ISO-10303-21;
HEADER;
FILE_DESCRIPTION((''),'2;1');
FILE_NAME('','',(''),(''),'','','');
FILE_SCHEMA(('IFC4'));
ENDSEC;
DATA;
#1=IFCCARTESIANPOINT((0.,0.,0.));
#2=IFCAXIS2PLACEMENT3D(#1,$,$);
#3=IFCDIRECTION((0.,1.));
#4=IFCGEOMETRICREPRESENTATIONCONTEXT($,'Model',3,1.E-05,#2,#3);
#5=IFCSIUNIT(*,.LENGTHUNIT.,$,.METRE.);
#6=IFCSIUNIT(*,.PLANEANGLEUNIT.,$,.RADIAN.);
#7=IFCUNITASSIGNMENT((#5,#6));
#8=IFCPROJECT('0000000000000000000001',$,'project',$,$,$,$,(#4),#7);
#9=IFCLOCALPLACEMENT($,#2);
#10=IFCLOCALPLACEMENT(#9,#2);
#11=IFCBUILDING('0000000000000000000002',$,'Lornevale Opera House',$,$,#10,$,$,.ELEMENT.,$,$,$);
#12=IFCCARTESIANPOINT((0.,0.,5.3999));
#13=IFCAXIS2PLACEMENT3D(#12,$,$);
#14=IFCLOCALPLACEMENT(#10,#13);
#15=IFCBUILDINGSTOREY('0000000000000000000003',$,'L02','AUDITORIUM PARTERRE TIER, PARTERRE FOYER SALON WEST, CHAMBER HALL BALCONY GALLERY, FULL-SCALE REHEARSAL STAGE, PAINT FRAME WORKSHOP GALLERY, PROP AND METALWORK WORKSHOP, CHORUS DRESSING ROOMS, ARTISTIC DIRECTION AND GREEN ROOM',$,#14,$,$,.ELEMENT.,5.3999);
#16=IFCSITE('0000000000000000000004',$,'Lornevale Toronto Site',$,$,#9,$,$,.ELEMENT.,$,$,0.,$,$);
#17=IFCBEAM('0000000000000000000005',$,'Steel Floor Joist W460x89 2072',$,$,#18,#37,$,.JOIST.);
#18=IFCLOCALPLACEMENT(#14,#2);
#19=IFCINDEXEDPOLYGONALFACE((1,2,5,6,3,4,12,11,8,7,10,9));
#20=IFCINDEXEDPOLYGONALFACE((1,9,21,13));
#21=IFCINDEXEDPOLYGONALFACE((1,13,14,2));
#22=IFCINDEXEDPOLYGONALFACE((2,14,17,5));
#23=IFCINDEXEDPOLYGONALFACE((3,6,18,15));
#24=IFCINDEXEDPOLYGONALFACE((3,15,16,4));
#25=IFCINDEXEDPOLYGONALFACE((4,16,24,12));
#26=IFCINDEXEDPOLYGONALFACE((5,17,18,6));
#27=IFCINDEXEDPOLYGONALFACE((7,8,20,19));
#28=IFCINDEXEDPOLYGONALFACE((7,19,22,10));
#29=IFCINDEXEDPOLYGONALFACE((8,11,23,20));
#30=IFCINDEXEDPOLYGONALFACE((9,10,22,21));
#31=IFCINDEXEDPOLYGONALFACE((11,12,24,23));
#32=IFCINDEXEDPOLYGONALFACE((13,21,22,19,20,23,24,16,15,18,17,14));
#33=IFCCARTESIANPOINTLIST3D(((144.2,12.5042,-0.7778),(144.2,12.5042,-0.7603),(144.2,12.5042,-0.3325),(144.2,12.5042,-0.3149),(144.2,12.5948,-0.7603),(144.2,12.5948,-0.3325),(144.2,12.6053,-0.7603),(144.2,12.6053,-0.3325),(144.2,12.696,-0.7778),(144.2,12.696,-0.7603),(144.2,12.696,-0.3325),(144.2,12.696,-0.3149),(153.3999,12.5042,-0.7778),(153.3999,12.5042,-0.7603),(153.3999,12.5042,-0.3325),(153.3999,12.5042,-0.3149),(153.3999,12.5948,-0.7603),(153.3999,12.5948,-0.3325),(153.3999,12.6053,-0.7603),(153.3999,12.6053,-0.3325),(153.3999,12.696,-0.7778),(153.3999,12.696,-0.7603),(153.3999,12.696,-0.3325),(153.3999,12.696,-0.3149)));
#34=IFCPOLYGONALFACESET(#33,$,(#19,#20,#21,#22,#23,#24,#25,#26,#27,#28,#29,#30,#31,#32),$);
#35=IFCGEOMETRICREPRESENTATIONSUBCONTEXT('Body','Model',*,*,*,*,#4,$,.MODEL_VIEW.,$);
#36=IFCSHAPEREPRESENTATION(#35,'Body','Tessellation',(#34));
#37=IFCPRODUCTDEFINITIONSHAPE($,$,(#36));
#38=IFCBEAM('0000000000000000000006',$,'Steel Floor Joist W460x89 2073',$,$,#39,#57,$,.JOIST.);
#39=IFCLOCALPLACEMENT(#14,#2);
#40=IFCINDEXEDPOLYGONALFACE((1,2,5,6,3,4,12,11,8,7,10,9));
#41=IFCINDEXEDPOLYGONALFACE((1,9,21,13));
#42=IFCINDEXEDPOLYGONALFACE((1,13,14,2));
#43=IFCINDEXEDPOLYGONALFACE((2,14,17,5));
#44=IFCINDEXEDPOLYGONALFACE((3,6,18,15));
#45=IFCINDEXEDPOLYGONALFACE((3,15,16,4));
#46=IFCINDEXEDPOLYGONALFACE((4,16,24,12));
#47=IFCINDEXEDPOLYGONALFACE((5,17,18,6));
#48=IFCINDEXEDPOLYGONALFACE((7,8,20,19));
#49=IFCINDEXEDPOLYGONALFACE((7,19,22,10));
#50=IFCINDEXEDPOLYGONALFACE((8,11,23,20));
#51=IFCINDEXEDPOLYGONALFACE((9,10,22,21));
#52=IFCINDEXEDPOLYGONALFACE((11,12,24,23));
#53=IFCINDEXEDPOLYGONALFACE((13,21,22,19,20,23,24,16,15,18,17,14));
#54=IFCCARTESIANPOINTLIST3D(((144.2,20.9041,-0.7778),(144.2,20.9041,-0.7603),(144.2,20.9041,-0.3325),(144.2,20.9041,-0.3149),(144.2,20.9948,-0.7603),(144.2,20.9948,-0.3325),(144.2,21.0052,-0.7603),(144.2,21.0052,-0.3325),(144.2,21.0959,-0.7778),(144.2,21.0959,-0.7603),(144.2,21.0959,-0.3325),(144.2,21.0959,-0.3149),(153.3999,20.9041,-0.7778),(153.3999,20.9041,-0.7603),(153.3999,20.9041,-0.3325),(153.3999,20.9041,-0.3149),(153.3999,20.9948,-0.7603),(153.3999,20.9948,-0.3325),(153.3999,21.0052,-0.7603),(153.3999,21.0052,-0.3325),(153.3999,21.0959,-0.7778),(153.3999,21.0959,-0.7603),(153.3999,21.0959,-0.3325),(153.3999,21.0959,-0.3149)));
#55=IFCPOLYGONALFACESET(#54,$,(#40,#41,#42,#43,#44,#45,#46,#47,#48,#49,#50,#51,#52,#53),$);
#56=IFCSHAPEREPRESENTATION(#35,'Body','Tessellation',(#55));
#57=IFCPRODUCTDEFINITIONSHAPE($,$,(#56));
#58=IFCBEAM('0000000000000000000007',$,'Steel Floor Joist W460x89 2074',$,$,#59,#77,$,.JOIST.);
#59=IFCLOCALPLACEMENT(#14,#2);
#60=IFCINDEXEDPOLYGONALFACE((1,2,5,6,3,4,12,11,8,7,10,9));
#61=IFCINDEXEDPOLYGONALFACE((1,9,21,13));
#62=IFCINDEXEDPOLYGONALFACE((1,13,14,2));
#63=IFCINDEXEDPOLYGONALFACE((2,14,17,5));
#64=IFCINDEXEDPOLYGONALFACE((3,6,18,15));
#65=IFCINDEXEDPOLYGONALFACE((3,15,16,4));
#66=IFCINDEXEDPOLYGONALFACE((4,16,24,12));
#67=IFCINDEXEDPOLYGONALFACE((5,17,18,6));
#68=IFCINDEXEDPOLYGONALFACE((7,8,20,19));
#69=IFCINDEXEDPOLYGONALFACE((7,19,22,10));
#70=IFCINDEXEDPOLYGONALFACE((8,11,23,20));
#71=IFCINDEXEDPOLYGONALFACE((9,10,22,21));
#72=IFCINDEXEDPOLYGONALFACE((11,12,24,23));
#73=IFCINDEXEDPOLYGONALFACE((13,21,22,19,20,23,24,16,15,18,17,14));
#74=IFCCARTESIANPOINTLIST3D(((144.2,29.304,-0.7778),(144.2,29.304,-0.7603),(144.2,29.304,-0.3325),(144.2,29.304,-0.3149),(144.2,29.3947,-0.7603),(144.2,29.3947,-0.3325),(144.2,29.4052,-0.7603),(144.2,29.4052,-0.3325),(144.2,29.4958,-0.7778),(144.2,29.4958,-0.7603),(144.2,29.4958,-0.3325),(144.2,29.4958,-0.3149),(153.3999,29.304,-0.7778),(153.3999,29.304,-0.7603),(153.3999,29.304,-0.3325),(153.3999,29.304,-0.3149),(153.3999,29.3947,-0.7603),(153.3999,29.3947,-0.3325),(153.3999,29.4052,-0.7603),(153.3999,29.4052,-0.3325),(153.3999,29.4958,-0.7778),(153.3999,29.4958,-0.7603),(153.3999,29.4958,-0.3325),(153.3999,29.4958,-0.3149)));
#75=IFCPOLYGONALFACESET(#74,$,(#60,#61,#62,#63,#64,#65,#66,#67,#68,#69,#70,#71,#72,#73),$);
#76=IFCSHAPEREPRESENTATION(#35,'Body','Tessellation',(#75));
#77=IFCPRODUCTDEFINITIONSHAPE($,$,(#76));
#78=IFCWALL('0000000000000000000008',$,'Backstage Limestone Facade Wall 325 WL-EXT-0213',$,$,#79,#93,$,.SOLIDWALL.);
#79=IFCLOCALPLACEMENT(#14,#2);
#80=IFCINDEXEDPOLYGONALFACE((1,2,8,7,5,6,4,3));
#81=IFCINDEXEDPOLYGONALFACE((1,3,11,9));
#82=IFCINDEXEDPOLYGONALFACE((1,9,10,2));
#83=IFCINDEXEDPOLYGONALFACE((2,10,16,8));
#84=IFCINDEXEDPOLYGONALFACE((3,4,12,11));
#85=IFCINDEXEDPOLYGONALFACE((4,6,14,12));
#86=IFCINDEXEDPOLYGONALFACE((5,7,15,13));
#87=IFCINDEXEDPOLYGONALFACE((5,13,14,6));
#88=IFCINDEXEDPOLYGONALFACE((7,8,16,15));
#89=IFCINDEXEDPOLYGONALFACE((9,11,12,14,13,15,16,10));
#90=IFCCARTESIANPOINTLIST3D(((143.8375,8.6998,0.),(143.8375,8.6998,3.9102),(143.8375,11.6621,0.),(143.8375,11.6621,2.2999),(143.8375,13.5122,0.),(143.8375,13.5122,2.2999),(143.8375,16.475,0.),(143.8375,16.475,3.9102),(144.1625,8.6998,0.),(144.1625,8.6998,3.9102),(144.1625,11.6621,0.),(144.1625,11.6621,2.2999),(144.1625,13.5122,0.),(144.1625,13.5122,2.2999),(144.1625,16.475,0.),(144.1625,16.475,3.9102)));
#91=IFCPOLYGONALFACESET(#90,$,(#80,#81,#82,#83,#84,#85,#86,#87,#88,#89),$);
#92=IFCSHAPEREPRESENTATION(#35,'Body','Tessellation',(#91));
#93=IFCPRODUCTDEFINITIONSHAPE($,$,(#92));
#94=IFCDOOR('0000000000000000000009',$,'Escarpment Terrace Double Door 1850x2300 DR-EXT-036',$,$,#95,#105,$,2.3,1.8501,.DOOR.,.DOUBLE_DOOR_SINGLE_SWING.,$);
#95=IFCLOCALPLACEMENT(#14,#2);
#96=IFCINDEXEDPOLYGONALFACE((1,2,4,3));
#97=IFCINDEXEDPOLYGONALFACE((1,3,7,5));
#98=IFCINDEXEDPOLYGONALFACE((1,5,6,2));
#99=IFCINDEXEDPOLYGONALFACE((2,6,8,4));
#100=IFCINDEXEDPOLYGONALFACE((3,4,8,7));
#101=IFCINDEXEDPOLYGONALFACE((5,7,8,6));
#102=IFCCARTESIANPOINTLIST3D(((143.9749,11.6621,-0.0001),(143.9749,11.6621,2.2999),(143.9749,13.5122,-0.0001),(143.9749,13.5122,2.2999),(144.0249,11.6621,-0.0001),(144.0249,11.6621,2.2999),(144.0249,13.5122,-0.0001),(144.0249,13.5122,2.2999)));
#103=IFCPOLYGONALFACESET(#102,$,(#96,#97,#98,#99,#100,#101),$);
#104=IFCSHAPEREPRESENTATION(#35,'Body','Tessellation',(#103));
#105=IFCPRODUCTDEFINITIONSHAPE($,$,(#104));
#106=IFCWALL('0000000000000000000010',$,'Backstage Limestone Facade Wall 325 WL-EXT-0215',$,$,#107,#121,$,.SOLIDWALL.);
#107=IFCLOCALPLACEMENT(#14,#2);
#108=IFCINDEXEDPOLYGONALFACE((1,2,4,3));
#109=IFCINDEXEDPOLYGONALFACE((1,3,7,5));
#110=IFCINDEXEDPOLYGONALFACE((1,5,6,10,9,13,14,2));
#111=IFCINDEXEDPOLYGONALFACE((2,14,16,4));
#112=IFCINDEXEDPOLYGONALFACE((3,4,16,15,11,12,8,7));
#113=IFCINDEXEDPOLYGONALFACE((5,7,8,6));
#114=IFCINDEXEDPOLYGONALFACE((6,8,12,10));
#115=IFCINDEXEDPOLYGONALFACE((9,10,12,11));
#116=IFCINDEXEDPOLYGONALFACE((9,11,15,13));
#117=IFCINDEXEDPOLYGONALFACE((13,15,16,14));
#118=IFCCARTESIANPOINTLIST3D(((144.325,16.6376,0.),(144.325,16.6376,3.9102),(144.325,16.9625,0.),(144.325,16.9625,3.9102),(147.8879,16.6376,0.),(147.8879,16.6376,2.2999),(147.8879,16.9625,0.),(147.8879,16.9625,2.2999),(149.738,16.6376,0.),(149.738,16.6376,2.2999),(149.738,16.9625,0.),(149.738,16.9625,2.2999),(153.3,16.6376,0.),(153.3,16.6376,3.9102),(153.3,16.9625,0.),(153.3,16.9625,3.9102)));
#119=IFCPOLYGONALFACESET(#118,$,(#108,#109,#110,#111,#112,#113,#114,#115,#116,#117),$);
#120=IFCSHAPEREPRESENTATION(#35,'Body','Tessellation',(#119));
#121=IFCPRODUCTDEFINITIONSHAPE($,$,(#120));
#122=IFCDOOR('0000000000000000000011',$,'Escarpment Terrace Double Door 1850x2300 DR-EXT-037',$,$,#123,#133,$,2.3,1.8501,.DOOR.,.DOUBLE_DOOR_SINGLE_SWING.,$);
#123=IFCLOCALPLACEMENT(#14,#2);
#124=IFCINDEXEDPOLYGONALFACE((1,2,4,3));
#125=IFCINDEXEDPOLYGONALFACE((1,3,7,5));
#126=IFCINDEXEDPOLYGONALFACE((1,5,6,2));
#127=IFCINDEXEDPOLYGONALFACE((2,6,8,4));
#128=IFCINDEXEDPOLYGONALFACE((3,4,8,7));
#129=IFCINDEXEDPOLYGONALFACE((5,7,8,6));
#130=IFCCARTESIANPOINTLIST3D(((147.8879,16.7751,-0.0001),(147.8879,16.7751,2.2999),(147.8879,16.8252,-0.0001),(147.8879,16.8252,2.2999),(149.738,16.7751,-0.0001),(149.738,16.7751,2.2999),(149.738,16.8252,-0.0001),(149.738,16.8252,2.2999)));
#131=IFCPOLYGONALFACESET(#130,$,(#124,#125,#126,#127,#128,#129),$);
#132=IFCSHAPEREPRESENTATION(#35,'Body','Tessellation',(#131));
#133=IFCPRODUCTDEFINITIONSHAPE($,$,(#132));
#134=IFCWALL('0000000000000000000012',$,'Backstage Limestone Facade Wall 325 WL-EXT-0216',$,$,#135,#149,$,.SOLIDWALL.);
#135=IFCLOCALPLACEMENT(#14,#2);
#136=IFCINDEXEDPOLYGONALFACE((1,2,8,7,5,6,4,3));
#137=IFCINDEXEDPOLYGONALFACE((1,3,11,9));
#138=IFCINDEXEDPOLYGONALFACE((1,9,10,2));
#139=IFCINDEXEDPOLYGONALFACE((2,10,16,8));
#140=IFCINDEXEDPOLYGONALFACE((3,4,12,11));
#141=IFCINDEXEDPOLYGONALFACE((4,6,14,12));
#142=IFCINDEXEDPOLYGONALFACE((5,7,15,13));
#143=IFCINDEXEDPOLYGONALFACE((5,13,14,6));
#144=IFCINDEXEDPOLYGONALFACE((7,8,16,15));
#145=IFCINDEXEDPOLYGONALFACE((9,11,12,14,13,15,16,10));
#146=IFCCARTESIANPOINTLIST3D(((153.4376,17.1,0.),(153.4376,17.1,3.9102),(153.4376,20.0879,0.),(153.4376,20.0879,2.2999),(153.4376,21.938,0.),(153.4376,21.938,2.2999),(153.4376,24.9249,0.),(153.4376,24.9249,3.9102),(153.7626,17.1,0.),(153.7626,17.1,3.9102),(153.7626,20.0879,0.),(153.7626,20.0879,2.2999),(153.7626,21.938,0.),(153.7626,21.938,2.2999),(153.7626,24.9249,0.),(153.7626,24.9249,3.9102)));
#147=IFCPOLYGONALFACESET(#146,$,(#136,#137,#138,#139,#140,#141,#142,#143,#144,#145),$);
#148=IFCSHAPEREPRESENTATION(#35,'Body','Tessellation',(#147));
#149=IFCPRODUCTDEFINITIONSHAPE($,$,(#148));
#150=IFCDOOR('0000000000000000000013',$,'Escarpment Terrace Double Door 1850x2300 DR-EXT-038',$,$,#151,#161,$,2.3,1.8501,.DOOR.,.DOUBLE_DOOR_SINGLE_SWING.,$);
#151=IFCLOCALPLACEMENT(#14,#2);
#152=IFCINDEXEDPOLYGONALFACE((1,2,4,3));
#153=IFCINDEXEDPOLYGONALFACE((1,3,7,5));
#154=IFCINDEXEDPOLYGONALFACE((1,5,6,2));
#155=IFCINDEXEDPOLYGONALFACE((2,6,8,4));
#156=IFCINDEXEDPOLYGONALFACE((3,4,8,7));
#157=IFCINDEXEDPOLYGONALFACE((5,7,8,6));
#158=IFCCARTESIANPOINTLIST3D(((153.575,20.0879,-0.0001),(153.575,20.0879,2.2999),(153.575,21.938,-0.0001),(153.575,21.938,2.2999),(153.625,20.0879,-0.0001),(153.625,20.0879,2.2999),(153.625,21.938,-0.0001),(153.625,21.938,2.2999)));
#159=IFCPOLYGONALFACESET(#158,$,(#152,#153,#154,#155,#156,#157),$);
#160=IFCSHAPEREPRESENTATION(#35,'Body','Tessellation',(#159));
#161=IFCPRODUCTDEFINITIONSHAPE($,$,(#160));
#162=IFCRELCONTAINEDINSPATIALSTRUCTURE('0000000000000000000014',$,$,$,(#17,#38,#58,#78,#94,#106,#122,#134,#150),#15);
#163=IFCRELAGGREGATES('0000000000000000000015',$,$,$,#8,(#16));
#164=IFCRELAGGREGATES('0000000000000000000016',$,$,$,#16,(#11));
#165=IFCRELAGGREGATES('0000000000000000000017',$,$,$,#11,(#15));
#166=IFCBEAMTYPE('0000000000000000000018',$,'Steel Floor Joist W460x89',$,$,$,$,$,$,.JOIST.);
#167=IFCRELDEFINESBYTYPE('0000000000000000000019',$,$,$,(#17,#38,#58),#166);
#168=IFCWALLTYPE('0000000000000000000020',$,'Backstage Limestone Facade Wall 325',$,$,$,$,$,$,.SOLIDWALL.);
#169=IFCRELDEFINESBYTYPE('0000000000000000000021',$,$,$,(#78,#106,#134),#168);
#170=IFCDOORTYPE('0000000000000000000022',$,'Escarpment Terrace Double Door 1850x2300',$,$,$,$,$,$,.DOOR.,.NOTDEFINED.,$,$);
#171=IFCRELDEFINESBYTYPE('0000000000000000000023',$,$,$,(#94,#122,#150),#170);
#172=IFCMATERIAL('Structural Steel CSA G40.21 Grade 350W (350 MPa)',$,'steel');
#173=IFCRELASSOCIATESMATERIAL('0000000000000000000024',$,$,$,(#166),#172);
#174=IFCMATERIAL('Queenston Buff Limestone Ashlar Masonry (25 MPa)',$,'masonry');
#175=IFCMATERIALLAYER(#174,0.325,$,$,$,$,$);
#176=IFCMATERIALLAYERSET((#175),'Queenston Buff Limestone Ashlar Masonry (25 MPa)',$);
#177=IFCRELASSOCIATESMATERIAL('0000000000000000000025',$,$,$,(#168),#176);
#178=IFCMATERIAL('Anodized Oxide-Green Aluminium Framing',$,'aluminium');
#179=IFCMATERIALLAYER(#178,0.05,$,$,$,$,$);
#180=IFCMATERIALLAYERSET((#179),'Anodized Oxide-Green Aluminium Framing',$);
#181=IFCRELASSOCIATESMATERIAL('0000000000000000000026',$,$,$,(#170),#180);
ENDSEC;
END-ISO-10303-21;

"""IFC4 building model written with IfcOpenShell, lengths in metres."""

from ifc_helpers import new_model, si_unit, direction, frame, frame_2d, origin, origin_2d, place, context, subcontext, project, spatial, rectangle, i_section, extrude, material, layer, layer_set, material_profile, profile_set, type_object, element, fill, save


model = new_model("IFC4")

# Units and contexts
model_context = context("Model", 3, precision=1e-05, world=origin(), true_north=direction((0.0, 1.0)))
body_context = subcontext(model_context, "Body", "Model", "MODEL_VIEW")
ifc_project = project(units=[si_unit("LENGTHUNIT", "METRE"), si_unit("PLANEANGLEUNIT", "RADIAN")], contexts=[model_context])

# Site, building, storey
site_placement = place(None, origin())
site = spatial("IfcSite", under=ifc_project, at=site_placement, Name="Lornevale Toronto Site", CompositionType="ELEMENT", RefElevation=0.0)
building_placement = place(site_placement, origin())
building = spatial("IfcBuilding", under=site, at=building_placement, Name="Lornevale Opera House", CompositionType="ELEMENT")
storey_placement = place(building_placement, frame((0.0, 0.0, 5.3999)))
storey = spatial("IfcBuildingStorey", under=building, at=storey_placement, Name="L02", Description="AUDITORIUM PARTERRE TIER, PARTERRE FOYER SALON WEST, CHAMBER HALL BALCONY GALLERY, FULL-SCALE REHEARSAL STAGE, PAINT FRAME WORKSHOP GALLERY, PROP AND METALWORK WORKSHOP, CHORUS DRESSING ROOMS, ARTISTIC DIRECTION AND GREEN ROOM", CompositionType="ELEMENT", Elevation=5.3999)

# Beams
ifc_material_1 = material(Name="Structural Steel CSA G40.21 Grade 350W (350 MPa)", Category="steel")
ifc_material_profile_1 = material_profile(ifc_material_1, i_section(OverallWidth=0.1919, OverallDepth=0.4629, WebThickness=0.0105, FlangeThickness=0.0176, at=origin_2d()), Name="W460x89")
ifc_profile_set_1 = profile_set([ifc_material_profile_1], Name="Structural Steel CSA G40.21 Grade 350W (350 MPa)")
beam_type_1 = type_object("IfcBeamType", Name="Steel Floor Joist W460x89", PredefinedType="JOIST", material=ifc_profile_set_1)
for number, where, z_axis, x_axis, name in (
    (1, (144.2, 12.6001, -0.5464), (1.0, 0.0, 0.0), (0.0, 1.0, 0.0), "Steel Floor Joist W460x89 2072"),
    (2, (144.2, 21.0, -0.5464), (1.0, 0.0, 0.0), (0.0, 1.0, 0.0), "Steel Floor Joist W460x89 2073"),
    (3, (144.2, 29.3999, -0.5464), (1.0, 0.0, 0.0), (0.0, 1.0, 0.0), "Steel Floor Joist W460x89 2074"),
):
    element("IfcBeam", number, at=place(storey_placement, frame(where, z_axis=z_axis, x_axis=x_axis)), inside=storey, type_object=beam_type_1, Name=name, PredefinedType="JOIST", context=body_context, shape_type="SweptSolid", body=[
        extrude(i_section(OverallWidth=0.1919, OverallDepth=0.4629, WebThickness=0.0105, FlangeThickness=0.0176, at=origin_2d()), origin(), (0.0, 0.0, 1.0), 9.2),
    ])

# Walls, openings, doors
ifc_material_2 = material(Name="Queenston Buff Limestone Ashlar Masonry (25 MPa)", Category="masonry")
ifc_layer_1 = layer(ifc_material_2, 0.325)
ifc_layer_set_1 = layer_set([ifc_layer_1], Name="Queenston Buff Limestone Ashlar Masonry (25 MPa)")
wall_type = type_object("IfcWallType", Name="Backstage Limestone Facade Wall 325", PredefinedType="SOLIDWALL", material=ifc_layer_set_1)
wall_1_placement = place(storey_placement, frame((144.0, 16.4751, 0.0), z_axis=(0.0, 0.0, 1.0), x_axis=(0.0, -1.0, 0.0)))
wall_1 = element("IfcWall", 4, at=wall_1_placement, inside=storey, type_object=wall_type, Name="Backstage Limestone Facade Wall 325 WL-EXT-0213", PredefinedType="SOLIDWALL", context=body_context, shape_type="SweptSolid", body=[
    extrude(rectangle(XDim=7.7751, YDim=0.325, at=frame_2d((3.8877, 0.0))), origin(), (0.0, 0.0, 1.0), 3.9102),
])
opening_1_placement = place(wall_1_placement, frame((2.9629, 0.0, 0.0)))
opening_1 = element("IfcOpeningElement", 5, at=opening_1_placement, cuts=wall_1, PredefinedType="OPENING", context=body_context, shape_type="SweptSolid", body=[
    extrude(rectangle(XDim=1.8501, YDim=2.3, at=frame_2d((0.925, 1.1499))), frame((0.0, 0.1724, 0.0), z_axis=(0.0, -1.0, 0.0), x_axis=(1.0, 0.0, 0.0)), (0.0, 0.0, 1.0), 0.345),
])
ifc_material_3 = material(Name="Anodized Oxide-Green Aluminium Framing", Category="aluminium")
ifc_layer_2 = layer(ifc_material_3, 0.05)
ifc_layer_set_2 = layer_set([ifc_layer_2], Name="Anodized Oxide-Green Aluminium Framing")
door_type = type_object("IfcDoorType", Name="Escarpment Terrace Double Door 1850x2300", OperationType="NOTDEFINED", PredefinedType="DOOR", material=ifc_layer_set_2)
door_1_placement = place(opening_1_placement, origin())
door_1 = element("IfcDoor", 6, at=door_1_placement, inside=storey, type_object=door_type, Name="Escarpment Terrace Double Door 1850x2300 DR-EXT-036", OperationType="DOUBLE_DOOR_SINGLE_SWING", OverallHeight=2.3, OverallWidth=1.8501, PredefinedType="DOOR", context=body_context, shape_type="SweptSolid", body=[
    extrude(rectangle(XDim=1.8501, YDim=2.3, at=frame_2d((0.925, 1.1499))), frame((0.0, 0.0249, 0.0), z_axis=(0.0, -1.0, 0.0), x_axis=(1.0, 0.0, 0.0)), (0.0, 0.0, 1.0), 0.05),
])
fill(opening_1, door_1)
wall_2_placement = place(storey_placement, frame((153.3, 16.8, 0.0), z_axis=(0.0, 0.0, 1.0), x_axis=(-1.0, 0.0, 0.0)))
wall_2 = element("IfcWall", 7, at=wall_2_placement, inside=storey, type_object=wall_type, Name="Backstage Limestone Facade Wall 325 WL-EXT-0215", PredefinedType="SOLIDWALL", context=body_context, shape_type="SweptSolid", body=[
    extrude(rectangle(XDim=8.9751, YDim=0.325, at=frame_2d((4.4875, 0.0))), origin(), (0.0, 0.0, 1.0), 3.9102),
])
opening_2_placement = place(wall_2_placement, frame((3.562, 0.0, 0.0)))
opening_2 = element("IfcOpeningElement", 8, at=opening_2_placement, cuts=wall_2, PredefinedType="OPENING", context=body_context, shape_type="SweptSolid", body=[
    extrude(rectangle(XDim=1.8501, YDim=2.3, at=frame_2d((0.925, 1.1499))), frame((0.0, 0.1724, 0.0), z_axis=(0.0, -1.0, 0.0), x_axis=(1.0, 0.0, 0.0)), (0.0, 0.0, 1.0), 0.345),
])
door_2_placement = place(opening_2_placement, origin())
door_2 = element("IfcDoor", 9, at=door_2_placement, inside=storey, type_object=door_type, Name="Escarpment Terrace Double Door 1850x2300 DR-EXT-037", OperationType="DOUBLE_DOOR_SINGLE_SWING", OverallHeight=2.3, OverallWidth=1.8501, PredefinedType="DOOR", context=body_context, shape_type="SweptSolid", body=[
    extrude(rectangle(XDim=1.8501, YDim=2.3, at=frame_2d((0.925, 1.1499))), frame((0.0, 0.0249, 0.0), z_axis=(0.0, -1.0, 0.0), x_axis=(1.0, 0.0, 0.0)), (0.0, 0.0, 1.0), 0.05),
])
fill(opening_2, door_2)
wall_3_placement = place(storey_placement, frame((153.6001, 24.925, 0.0), z_axis=(0.0, 0.0, 1.0), x_axis=(0.0, -1.0, 0.0)))
wall_3 = element("IfcWall", 10, at=wall_3_placement, inside=storey, type_object=wall_type, Name="Backstage Limestone Facade Wall 325 WL-EXT-0216", PredefinedType="SOLIDWALL", context=body_context, shape_type="SweptSolid", body=[
    extrude(rectangle(XDim=7.825, YDim=0.325, at=frame_2d((3.9126, 0.0))), origin(), (0.0, 0.0, 1.0), 3.9102),
])
opening_3_placement = place(wall_3_placement, frame((2.9871, 0.0, 0.0)))
opening_3 = element("IfcOpeningElement", 11, at=opening_3_placement, cuts=wall_3, PredefinedType="OPENING", context=body_context, shape_type="SweptSolid", body=[
    extrude(rectangle(XDim=1.8501, YDim=2.3, at=frame_2d((0.925, 1.1499))), frame((0.0, 0.1724, 0.0), z_axis=(0.0, -1.0, 0.0), x_axis=(1.0, 0.0, 0.0)), (0.0, 0.0, 1.0), 0.345),
])
door_3_placement = place(opening_3_placement, origin())
door_3 = element("IfcDoor", 12, at=door_3_placement, inside=storey, type_object=door_type, Name="Escarpment Terrace Double Door 1850x2300 DR-EXT-038", OperationType="DOUBLE_DOOR_SINGLE_SWING", OverallHeight=2.3, OverallWidth=1.8501, PredefinedType="DOOR", context=body_context, shape_type="SweptSolid", body=[
    extrude(rectangle(XDim=1.8501, YDim=2.3, at=frame_2d((0.925, 1.1499))), frame((0.0, 0.0249, 0.0), z_axis=(0.0, -1.0, 0.0), x_axis=(1.0, 0.0, 0.0)), (0.0, 0.0, 1.0), 0.05),
])
fill(opening_3, door_3)

save(model, "model.ifc")
